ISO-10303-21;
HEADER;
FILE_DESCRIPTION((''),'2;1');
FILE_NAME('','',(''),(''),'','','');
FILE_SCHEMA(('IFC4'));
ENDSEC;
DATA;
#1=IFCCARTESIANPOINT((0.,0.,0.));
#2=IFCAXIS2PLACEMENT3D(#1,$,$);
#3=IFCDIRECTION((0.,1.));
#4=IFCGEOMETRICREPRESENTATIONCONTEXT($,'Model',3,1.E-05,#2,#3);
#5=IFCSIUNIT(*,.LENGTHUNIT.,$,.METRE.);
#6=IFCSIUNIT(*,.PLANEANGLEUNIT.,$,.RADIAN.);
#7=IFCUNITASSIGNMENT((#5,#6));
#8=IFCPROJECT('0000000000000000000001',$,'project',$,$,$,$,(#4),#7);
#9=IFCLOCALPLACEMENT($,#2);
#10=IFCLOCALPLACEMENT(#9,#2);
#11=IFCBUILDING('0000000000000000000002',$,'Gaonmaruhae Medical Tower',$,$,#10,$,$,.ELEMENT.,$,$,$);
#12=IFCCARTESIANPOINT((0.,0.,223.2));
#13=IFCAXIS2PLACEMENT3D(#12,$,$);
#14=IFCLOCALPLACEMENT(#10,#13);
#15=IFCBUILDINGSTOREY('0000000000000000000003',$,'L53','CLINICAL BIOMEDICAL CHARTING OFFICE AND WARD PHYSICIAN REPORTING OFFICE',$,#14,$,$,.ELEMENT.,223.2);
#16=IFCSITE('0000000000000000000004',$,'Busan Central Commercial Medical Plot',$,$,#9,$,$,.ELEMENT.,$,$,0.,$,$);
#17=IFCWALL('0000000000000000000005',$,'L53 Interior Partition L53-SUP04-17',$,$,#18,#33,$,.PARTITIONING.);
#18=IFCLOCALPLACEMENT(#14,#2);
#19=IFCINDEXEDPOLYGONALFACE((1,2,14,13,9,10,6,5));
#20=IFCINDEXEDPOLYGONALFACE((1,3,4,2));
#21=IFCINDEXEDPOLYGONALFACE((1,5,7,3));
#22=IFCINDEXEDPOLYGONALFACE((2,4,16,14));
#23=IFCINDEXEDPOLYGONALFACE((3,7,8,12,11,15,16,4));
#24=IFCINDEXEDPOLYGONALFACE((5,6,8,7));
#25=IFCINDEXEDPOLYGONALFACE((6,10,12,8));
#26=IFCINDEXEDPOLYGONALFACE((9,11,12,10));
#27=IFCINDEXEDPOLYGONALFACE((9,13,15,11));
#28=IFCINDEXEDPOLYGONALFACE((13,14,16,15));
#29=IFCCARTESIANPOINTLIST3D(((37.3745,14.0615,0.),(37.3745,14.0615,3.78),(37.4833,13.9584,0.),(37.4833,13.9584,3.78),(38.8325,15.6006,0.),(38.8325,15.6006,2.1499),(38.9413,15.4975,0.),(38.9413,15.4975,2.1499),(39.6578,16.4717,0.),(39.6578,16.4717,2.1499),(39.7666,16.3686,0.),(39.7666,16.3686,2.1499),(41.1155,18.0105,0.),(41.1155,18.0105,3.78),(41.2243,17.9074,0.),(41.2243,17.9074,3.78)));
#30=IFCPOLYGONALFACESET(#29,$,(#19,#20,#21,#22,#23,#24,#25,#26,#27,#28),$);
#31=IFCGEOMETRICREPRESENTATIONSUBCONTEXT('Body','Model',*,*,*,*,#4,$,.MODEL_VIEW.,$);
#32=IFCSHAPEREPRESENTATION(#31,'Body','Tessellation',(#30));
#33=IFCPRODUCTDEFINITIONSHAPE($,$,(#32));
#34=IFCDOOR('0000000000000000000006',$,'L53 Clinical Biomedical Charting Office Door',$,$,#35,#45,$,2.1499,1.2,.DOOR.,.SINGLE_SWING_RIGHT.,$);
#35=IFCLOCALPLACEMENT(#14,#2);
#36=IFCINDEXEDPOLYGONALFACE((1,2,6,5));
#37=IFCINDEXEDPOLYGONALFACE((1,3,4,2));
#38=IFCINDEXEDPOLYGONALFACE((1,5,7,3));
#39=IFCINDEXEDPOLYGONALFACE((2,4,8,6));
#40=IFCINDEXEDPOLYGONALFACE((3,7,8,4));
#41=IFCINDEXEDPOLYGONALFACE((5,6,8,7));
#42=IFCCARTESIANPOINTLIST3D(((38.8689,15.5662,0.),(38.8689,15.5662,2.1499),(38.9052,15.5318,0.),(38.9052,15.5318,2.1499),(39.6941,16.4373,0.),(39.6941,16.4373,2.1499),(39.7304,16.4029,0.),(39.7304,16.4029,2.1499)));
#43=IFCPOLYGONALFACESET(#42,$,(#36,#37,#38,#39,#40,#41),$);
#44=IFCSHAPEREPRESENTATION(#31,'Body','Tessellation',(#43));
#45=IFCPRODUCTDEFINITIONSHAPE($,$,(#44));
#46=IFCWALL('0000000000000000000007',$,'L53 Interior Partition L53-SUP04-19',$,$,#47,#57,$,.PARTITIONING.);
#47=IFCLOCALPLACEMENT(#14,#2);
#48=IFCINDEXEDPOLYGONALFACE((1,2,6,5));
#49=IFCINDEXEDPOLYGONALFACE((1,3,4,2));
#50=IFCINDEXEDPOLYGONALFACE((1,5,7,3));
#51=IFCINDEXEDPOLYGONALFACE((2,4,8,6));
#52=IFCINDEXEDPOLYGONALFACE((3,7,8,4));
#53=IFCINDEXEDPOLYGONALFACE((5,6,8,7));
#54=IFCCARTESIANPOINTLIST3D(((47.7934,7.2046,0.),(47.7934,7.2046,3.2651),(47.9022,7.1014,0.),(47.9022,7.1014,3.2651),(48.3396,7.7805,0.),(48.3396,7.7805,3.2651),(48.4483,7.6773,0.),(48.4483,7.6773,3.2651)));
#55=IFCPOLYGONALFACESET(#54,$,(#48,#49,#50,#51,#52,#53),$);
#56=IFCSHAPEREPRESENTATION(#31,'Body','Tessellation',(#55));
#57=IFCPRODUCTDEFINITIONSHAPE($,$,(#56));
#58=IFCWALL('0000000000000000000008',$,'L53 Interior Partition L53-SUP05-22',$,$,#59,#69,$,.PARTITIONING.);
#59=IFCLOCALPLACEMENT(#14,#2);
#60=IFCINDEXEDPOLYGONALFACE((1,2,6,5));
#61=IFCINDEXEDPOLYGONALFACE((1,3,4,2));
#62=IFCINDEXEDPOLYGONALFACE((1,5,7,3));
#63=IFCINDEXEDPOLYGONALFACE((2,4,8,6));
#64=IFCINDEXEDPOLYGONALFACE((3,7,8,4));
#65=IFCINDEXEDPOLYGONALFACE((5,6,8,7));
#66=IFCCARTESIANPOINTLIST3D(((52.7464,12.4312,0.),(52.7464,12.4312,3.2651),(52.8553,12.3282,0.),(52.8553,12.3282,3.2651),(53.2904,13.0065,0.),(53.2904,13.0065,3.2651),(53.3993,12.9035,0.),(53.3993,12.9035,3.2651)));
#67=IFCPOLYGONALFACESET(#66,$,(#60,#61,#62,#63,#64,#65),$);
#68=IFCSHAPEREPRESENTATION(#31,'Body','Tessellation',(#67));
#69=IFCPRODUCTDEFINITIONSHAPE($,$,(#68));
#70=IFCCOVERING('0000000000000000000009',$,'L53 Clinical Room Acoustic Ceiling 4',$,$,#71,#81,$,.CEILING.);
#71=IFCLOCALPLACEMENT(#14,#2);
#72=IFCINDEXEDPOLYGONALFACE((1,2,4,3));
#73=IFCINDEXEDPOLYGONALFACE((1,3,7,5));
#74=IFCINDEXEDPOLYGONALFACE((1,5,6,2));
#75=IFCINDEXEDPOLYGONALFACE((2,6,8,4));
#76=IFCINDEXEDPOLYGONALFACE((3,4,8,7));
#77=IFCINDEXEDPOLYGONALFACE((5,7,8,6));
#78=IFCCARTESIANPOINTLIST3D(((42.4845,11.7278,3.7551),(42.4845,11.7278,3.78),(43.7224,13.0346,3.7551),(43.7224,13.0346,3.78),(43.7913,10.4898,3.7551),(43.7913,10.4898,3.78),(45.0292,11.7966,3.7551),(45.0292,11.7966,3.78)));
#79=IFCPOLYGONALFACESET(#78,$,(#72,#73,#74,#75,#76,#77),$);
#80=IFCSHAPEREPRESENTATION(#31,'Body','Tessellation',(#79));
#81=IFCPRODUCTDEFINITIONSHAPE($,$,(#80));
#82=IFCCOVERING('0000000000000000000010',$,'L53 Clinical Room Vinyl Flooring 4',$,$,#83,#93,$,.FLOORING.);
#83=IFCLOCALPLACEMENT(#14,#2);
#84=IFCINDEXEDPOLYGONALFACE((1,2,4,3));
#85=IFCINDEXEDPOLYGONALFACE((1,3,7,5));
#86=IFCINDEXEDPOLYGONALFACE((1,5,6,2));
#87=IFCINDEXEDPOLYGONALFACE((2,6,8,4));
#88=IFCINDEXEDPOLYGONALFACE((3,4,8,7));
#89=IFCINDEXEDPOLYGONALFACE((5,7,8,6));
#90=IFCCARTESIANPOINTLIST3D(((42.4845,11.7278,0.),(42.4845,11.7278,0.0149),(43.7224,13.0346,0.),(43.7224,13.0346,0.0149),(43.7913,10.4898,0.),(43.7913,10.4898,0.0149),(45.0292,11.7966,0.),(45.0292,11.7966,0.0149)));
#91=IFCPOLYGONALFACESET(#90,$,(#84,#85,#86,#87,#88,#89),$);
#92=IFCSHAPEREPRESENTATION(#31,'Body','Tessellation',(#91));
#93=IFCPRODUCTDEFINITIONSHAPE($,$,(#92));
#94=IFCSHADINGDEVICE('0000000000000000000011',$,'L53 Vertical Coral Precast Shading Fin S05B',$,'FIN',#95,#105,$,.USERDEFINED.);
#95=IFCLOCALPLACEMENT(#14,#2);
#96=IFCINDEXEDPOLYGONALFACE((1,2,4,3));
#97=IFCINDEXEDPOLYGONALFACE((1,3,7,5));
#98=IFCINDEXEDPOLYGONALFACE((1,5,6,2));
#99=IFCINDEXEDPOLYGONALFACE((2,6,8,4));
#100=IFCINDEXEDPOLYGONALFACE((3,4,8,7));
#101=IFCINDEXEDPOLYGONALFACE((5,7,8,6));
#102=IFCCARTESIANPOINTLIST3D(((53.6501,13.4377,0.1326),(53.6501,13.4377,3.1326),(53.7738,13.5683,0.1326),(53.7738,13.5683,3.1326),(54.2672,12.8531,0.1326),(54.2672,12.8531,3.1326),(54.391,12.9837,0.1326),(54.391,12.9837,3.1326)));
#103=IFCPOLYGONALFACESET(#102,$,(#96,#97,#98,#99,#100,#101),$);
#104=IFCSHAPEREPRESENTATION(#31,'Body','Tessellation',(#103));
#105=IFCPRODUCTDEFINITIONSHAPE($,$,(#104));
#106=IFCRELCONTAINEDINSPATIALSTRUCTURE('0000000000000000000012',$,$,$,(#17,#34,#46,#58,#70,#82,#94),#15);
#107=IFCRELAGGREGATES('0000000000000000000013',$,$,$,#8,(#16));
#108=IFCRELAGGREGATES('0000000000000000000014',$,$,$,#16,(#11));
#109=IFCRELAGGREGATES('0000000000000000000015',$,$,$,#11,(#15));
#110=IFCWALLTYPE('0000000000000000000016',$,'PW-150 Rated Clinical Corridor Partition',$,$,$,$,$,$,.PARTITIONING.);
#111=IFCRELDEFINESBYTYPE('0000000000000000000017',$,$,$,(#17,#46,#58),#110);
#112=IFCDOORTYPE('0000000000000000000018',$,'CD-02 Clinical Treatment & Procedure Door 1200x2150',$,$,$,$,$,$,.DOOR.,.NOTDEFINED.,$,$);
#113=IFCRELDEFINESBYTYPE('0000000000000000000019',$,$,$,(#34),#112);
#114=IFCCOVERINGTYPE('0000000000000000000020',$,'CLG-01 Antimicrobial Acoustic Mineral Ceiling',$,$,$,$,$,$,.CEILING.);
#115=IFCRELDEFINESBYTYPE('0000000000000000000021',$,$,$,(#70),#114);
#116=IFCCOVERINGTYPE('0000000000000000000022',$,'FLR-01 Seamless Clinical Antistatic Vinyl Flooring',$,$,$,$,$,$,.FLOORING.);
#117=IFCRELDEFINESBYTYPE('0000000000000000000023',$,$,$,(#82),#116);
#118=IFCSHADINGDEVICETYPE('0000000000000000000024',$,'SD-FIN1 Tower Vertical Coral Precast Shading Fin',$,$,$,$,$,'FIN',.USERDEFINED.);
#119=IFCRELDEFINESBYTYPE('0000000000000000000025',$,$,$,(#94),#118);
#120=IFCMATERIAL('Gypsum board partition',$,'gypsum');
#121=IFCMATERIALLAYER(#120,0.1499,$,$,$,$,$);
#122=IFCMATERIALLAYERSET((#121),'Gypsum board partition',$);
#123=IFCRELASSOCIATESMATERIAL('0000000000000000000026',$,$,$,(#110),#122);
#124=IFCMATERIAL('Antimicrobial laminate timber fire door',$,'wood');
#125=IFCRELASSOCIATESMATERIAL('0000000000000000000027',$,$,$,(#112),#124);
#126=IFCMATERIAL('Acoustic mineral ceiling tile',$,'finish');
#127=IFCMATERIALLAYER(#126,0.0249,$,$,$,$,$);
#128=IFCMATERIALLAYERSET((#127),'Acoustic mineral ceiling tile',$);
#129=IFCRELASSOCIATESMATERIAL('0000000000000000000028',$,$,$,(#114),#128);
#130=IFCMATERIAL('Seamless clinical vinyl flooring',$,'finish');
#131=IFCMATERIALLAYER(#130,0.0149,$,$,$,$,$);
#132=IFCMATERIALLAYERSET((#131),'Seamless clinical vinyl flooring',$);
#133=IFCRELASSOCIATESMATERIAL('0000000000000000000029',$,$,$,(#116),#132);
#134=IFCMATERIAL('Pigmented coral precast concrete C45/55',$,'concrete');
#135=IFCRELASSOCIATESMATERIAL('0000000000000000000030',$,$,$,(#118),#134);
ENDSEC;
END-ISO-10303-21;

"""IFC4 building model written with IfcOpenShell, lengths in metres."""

from ifc_helpers import new_model, si_unit, direction, frame, frame_2d, origin, origin_2d, place, context, subcontext, project, spatial, rectangle, extrude, material, layer, layer_set, type_object, element, fill, save


model = new_model("IFC4")

# Units and contexts
model_context = context("Model", 3, precision=1e-05, world=origin(), true_north=direction((0.0, 1.0)))
body_context = subcontext(model_context, "Body", "Model", "MODEL_VIEW")
ifc_project = project(units=[si_unit("LENGTHUNIT", "METRE"), si_unit("PLANEANGLEUNIT", "RADIAN")], contexts=[model_context])

# Site, building, storey
site_placement = place(None, origin())
site = spatial("IfcSite", under=ifc_project, at=site_placement, Name="Busan Central Commercial Medical Plot", CompositionType="ELEMENT", RefElevation=0.0)
building_placement = place(site_placement, origin())
building = spatial("IfcBuilding", under=site, at=building_placement, Name="Gaonmaruhae Medical Tower", CompositionType="ELEMENT")
storey_placement = place(building_placement, frame((0.0, 0.0, 223.2)))
storey = spatial("IfcBuildingStorey", under=building, at=storey_placement, Name="L53", Description="CLINICAL BIOMEDICAL CHARTING OFFICE AND WARD PHYSICIAN REPORTING OFFICE", CompositionType="ELEMENT", Elevation=223.2)

# Shared definitions
ifc_material_1 = material(Name="Gypsum board partition", Category="gypsum")
ifc_layer_1 = layer(ifc_material_1, 0.1499)
ifc_layer_set_1 = layer_set([ifc_layer_1], Name="Gypsum board partition")
wall_type_1 = type_object("IfcWallType", Name="PW-150 Rated Clinical Corridor Partition", PredefinedType="PARTITIONING", material=ifc_layer_set_1)
ifc_material_2 = material(Name="Antimicrobial laminate timber fire door", Category="wood")
door_type = type_object("IfcDoorType", Name="CD-02 Clinical Treatment & Procedure Door 1200x2150", OperationType="NOTDEFINED", PredefinedType="DOOR", material=ifc_material_2)

# Wall, opening, door
wall_1_placement = place(storey_placement, frame((37.429, 14.01, 0.0), z_axis=(0.0, 0.0, 1.0), x_axis=(0.687728, 0.725968, 0.0)))
wall_1 = element("IfcWall", 1, at=wall_1_placement, inside=storey, type_object=wall_type_1, Name="L53 Interior Partition L53-SUP04-17", PredefinedType="PARTITIONING", context=body_context, shape_type="SweptSolid", body=[
    extrude(rectangle(XDim=5.4397, YDim=0.1499, at=frame_2d((2.7197, 0.0))), origin(), (0.0, 0.0, 1.0), 3.78),
])
opening_1_placement = place(wall_1_placement, frame((2.1199, 0.0, 0.0)))
opening_1 = element("IfcOpeningElement", 2, at=opening_1_placement, cuts=wall_1, PredefinedType="OPENING", context=body_context, shape_type="SweptSolid", body=[
    extrude(rectangle(XDim=1.2, YDim=2.1499, at=frame_2d((0.6001, 1.075))), frame((0.0, 0.085, 0.0), z_axis=(0.0, -1.0, 0.0), x_axis=(1.0, 0.0, 0.0)), (0.0, 0.0, 1.0), 0.1699),
])
door_1_placement = place(opening_1_placement, origin())
door_1 = element("IfcDoor", 3, at=door_1_placement, inside=storey, type_object=door_type, Name="L53 Clinical Biomedical Charting Office Door", OperationType="SINGLE_SWING_RIGHT", OverallHeight=2.1499, OverallWidth=1.2, PredefinedType="DOOR", context=body_context, shape_type="SweptSolid", body=[
    extrude(rectangle(XDim=1.2, YDim=2.1499, at=frame_2d((0.6001, 1.075))), frame((0.0, 0.0249, 0.0), z_axis=(0.0, -1.0, 0.0), x_axis=(1.0, 0.0, 0.0)), (0.0, 0.0, 1.0), 0.05),
])
fill(opening_1, door_1)

# Walls
wall_2_placement = place(storey_placement, frame((48.394, 7.729, 0.0), z_axis=(0.0, 0.0, 1.0), x_axis=(-0.688094, -0.725621, 0.0)))
element("IfcWall", 4, at=wall_2_placement, inside=storey, type_object=wall_type_1, Name="L53 Interior Partition L53-SUP04-19", PredefinedType="PARTITIONING", context=body_context, shape_type="SweptSolid", body=[
    extrude(rectangle(XDim=0.7937, YDim=0.1499, at=frame_2d((0.397, 0.0))), origin(), (0.0, 0.0, 1.0), 3.2651),
])
wall_3_placement = place(storey_placement, frame((53.345, 12.9551, 0.0), z_axis=(0.0, 0.0, 1.0), x_axis=(-0.687094, -0.726568, 0.0)))
element("IfcWall", 5, at=wall_3_placement, inside=storey, type_object=wall_type_1, Name="L53 Interior Partition L53-SUP05-22", PredefinedType="PARTITIONING", context=body_context, shape_type="SweptSolid", body=[
    extrude(rectangle(XDim=0.7917, YDim=0.1499, at=frame_2d((0.396, 0.0))), origin(), (0.0, 0.0, 1.0), 3.2651),
])

# Coverings
ifc_material_3 = material(Name="Acoustic mineral ceiling tile", Category="finish")
ifc_layer_2 = layer(ifc_material_3, 0.0249)
ifc_layer_set_2 = layer_set([ifc_layer_2], Name="Acoustic mineral ceiling tile")
covering_type_1 = type_object("IfcCoveringType", Name="CLG-01 Antimicrobial Acoustic Mineral Ceiling", PredefinedType="CEILING", material=ifc_layer_set_2)
covering_1_placement = place(storey_placement, frame((43.7568, 11.7622, 3.7551), z_axis=(0.0, 0.0, 1.0), x_axis=(0.687721, 0.725975, 0.0)))
element("IfcCovering", 6, at=covering_1_placement, inside=storey, type_object=covering_type_1, Name="L53 Clinical Room Acoustic Ceiling 4", PredefinedType="CEILING", context=body_context, shape_type="SweptSolid", body=[
    extrude(rectangle(XDim=1.8, YDim=1.8, at=origin_2d()), origin(), (0.0, 0.0, 1.0), 0.0249),
])
ifc_material_4 = material(Name="Seamless clinical vinyl flooring", Category="finish")
ifc_layer_3 = layer(ifc_material_4, 0.0149)
ifc_layer_set_3 = layer_set([ifc_layer_3], Name="Seamless clinical vinyl flooring")
covering_type_2 = type_object("IfcCoveringType", Name="FLR-01 Seamless Clinical Antistatic Vinyl Flooring", PredefinedType="FLOORING", material=ifc_layer_set_3)
covering_2_placement = place(storey_placement, frame((43.7568, 11.7622, 0.0), z_axis=(0.0, 0.0, 1.0), x_axis=(0.687721, 0.725975, 0.0)))
element("IfcCovering", 7, at=covering_2_placement, inside=storey, type_object=covering_type_2, Name="L53 Clinical Room Vinyl Flooring 4", PredefinedType="FLOORING", context=body_context, shape_type="SweptSolid", body=[
    extrude(rectangle(XDim=1.8, YDim=1.8, at=origin_2d()), origin(), (0.0, 0.0, 1.0), 0.0149),
])

# Shading device
ifc_material_5 = material(Name="Pigmented coral precast concrete C45/55", Category="concrete")
shading_device_type = type_object("IfcShadingDeviceType", Name="SD-FIN1 Tower Vertical Coral Precast Shading Fin", ElementType="FIN", PredefinedType="USERDEFINED", material=ifc_material_5)
shading_device_placement = place(storey_placement, frame((54.0205, 13.2107, 0.1326), z_axis=(0.0, 0.0, 1.0), x_axis=(-0.687721, -0.725975, 0.0)))
element("IfcShadingDevice", 8, at=shading_device_placement, inside=storey, type_object=shading_device_type, Name="L53 Vertical Coral Precast Shading Fin S05B", ObjectType="FIN", PredefinedType="USERDEFINED", context=body_context, shape_type="SweptSolid", body=[
    extrude(rectangle(XDim=0.1799, YDim=0.8501, at=origin_2d()), origin(), (0.0, 0.0, 1.0), 3.0),
])

save(model, "model.ifc")
